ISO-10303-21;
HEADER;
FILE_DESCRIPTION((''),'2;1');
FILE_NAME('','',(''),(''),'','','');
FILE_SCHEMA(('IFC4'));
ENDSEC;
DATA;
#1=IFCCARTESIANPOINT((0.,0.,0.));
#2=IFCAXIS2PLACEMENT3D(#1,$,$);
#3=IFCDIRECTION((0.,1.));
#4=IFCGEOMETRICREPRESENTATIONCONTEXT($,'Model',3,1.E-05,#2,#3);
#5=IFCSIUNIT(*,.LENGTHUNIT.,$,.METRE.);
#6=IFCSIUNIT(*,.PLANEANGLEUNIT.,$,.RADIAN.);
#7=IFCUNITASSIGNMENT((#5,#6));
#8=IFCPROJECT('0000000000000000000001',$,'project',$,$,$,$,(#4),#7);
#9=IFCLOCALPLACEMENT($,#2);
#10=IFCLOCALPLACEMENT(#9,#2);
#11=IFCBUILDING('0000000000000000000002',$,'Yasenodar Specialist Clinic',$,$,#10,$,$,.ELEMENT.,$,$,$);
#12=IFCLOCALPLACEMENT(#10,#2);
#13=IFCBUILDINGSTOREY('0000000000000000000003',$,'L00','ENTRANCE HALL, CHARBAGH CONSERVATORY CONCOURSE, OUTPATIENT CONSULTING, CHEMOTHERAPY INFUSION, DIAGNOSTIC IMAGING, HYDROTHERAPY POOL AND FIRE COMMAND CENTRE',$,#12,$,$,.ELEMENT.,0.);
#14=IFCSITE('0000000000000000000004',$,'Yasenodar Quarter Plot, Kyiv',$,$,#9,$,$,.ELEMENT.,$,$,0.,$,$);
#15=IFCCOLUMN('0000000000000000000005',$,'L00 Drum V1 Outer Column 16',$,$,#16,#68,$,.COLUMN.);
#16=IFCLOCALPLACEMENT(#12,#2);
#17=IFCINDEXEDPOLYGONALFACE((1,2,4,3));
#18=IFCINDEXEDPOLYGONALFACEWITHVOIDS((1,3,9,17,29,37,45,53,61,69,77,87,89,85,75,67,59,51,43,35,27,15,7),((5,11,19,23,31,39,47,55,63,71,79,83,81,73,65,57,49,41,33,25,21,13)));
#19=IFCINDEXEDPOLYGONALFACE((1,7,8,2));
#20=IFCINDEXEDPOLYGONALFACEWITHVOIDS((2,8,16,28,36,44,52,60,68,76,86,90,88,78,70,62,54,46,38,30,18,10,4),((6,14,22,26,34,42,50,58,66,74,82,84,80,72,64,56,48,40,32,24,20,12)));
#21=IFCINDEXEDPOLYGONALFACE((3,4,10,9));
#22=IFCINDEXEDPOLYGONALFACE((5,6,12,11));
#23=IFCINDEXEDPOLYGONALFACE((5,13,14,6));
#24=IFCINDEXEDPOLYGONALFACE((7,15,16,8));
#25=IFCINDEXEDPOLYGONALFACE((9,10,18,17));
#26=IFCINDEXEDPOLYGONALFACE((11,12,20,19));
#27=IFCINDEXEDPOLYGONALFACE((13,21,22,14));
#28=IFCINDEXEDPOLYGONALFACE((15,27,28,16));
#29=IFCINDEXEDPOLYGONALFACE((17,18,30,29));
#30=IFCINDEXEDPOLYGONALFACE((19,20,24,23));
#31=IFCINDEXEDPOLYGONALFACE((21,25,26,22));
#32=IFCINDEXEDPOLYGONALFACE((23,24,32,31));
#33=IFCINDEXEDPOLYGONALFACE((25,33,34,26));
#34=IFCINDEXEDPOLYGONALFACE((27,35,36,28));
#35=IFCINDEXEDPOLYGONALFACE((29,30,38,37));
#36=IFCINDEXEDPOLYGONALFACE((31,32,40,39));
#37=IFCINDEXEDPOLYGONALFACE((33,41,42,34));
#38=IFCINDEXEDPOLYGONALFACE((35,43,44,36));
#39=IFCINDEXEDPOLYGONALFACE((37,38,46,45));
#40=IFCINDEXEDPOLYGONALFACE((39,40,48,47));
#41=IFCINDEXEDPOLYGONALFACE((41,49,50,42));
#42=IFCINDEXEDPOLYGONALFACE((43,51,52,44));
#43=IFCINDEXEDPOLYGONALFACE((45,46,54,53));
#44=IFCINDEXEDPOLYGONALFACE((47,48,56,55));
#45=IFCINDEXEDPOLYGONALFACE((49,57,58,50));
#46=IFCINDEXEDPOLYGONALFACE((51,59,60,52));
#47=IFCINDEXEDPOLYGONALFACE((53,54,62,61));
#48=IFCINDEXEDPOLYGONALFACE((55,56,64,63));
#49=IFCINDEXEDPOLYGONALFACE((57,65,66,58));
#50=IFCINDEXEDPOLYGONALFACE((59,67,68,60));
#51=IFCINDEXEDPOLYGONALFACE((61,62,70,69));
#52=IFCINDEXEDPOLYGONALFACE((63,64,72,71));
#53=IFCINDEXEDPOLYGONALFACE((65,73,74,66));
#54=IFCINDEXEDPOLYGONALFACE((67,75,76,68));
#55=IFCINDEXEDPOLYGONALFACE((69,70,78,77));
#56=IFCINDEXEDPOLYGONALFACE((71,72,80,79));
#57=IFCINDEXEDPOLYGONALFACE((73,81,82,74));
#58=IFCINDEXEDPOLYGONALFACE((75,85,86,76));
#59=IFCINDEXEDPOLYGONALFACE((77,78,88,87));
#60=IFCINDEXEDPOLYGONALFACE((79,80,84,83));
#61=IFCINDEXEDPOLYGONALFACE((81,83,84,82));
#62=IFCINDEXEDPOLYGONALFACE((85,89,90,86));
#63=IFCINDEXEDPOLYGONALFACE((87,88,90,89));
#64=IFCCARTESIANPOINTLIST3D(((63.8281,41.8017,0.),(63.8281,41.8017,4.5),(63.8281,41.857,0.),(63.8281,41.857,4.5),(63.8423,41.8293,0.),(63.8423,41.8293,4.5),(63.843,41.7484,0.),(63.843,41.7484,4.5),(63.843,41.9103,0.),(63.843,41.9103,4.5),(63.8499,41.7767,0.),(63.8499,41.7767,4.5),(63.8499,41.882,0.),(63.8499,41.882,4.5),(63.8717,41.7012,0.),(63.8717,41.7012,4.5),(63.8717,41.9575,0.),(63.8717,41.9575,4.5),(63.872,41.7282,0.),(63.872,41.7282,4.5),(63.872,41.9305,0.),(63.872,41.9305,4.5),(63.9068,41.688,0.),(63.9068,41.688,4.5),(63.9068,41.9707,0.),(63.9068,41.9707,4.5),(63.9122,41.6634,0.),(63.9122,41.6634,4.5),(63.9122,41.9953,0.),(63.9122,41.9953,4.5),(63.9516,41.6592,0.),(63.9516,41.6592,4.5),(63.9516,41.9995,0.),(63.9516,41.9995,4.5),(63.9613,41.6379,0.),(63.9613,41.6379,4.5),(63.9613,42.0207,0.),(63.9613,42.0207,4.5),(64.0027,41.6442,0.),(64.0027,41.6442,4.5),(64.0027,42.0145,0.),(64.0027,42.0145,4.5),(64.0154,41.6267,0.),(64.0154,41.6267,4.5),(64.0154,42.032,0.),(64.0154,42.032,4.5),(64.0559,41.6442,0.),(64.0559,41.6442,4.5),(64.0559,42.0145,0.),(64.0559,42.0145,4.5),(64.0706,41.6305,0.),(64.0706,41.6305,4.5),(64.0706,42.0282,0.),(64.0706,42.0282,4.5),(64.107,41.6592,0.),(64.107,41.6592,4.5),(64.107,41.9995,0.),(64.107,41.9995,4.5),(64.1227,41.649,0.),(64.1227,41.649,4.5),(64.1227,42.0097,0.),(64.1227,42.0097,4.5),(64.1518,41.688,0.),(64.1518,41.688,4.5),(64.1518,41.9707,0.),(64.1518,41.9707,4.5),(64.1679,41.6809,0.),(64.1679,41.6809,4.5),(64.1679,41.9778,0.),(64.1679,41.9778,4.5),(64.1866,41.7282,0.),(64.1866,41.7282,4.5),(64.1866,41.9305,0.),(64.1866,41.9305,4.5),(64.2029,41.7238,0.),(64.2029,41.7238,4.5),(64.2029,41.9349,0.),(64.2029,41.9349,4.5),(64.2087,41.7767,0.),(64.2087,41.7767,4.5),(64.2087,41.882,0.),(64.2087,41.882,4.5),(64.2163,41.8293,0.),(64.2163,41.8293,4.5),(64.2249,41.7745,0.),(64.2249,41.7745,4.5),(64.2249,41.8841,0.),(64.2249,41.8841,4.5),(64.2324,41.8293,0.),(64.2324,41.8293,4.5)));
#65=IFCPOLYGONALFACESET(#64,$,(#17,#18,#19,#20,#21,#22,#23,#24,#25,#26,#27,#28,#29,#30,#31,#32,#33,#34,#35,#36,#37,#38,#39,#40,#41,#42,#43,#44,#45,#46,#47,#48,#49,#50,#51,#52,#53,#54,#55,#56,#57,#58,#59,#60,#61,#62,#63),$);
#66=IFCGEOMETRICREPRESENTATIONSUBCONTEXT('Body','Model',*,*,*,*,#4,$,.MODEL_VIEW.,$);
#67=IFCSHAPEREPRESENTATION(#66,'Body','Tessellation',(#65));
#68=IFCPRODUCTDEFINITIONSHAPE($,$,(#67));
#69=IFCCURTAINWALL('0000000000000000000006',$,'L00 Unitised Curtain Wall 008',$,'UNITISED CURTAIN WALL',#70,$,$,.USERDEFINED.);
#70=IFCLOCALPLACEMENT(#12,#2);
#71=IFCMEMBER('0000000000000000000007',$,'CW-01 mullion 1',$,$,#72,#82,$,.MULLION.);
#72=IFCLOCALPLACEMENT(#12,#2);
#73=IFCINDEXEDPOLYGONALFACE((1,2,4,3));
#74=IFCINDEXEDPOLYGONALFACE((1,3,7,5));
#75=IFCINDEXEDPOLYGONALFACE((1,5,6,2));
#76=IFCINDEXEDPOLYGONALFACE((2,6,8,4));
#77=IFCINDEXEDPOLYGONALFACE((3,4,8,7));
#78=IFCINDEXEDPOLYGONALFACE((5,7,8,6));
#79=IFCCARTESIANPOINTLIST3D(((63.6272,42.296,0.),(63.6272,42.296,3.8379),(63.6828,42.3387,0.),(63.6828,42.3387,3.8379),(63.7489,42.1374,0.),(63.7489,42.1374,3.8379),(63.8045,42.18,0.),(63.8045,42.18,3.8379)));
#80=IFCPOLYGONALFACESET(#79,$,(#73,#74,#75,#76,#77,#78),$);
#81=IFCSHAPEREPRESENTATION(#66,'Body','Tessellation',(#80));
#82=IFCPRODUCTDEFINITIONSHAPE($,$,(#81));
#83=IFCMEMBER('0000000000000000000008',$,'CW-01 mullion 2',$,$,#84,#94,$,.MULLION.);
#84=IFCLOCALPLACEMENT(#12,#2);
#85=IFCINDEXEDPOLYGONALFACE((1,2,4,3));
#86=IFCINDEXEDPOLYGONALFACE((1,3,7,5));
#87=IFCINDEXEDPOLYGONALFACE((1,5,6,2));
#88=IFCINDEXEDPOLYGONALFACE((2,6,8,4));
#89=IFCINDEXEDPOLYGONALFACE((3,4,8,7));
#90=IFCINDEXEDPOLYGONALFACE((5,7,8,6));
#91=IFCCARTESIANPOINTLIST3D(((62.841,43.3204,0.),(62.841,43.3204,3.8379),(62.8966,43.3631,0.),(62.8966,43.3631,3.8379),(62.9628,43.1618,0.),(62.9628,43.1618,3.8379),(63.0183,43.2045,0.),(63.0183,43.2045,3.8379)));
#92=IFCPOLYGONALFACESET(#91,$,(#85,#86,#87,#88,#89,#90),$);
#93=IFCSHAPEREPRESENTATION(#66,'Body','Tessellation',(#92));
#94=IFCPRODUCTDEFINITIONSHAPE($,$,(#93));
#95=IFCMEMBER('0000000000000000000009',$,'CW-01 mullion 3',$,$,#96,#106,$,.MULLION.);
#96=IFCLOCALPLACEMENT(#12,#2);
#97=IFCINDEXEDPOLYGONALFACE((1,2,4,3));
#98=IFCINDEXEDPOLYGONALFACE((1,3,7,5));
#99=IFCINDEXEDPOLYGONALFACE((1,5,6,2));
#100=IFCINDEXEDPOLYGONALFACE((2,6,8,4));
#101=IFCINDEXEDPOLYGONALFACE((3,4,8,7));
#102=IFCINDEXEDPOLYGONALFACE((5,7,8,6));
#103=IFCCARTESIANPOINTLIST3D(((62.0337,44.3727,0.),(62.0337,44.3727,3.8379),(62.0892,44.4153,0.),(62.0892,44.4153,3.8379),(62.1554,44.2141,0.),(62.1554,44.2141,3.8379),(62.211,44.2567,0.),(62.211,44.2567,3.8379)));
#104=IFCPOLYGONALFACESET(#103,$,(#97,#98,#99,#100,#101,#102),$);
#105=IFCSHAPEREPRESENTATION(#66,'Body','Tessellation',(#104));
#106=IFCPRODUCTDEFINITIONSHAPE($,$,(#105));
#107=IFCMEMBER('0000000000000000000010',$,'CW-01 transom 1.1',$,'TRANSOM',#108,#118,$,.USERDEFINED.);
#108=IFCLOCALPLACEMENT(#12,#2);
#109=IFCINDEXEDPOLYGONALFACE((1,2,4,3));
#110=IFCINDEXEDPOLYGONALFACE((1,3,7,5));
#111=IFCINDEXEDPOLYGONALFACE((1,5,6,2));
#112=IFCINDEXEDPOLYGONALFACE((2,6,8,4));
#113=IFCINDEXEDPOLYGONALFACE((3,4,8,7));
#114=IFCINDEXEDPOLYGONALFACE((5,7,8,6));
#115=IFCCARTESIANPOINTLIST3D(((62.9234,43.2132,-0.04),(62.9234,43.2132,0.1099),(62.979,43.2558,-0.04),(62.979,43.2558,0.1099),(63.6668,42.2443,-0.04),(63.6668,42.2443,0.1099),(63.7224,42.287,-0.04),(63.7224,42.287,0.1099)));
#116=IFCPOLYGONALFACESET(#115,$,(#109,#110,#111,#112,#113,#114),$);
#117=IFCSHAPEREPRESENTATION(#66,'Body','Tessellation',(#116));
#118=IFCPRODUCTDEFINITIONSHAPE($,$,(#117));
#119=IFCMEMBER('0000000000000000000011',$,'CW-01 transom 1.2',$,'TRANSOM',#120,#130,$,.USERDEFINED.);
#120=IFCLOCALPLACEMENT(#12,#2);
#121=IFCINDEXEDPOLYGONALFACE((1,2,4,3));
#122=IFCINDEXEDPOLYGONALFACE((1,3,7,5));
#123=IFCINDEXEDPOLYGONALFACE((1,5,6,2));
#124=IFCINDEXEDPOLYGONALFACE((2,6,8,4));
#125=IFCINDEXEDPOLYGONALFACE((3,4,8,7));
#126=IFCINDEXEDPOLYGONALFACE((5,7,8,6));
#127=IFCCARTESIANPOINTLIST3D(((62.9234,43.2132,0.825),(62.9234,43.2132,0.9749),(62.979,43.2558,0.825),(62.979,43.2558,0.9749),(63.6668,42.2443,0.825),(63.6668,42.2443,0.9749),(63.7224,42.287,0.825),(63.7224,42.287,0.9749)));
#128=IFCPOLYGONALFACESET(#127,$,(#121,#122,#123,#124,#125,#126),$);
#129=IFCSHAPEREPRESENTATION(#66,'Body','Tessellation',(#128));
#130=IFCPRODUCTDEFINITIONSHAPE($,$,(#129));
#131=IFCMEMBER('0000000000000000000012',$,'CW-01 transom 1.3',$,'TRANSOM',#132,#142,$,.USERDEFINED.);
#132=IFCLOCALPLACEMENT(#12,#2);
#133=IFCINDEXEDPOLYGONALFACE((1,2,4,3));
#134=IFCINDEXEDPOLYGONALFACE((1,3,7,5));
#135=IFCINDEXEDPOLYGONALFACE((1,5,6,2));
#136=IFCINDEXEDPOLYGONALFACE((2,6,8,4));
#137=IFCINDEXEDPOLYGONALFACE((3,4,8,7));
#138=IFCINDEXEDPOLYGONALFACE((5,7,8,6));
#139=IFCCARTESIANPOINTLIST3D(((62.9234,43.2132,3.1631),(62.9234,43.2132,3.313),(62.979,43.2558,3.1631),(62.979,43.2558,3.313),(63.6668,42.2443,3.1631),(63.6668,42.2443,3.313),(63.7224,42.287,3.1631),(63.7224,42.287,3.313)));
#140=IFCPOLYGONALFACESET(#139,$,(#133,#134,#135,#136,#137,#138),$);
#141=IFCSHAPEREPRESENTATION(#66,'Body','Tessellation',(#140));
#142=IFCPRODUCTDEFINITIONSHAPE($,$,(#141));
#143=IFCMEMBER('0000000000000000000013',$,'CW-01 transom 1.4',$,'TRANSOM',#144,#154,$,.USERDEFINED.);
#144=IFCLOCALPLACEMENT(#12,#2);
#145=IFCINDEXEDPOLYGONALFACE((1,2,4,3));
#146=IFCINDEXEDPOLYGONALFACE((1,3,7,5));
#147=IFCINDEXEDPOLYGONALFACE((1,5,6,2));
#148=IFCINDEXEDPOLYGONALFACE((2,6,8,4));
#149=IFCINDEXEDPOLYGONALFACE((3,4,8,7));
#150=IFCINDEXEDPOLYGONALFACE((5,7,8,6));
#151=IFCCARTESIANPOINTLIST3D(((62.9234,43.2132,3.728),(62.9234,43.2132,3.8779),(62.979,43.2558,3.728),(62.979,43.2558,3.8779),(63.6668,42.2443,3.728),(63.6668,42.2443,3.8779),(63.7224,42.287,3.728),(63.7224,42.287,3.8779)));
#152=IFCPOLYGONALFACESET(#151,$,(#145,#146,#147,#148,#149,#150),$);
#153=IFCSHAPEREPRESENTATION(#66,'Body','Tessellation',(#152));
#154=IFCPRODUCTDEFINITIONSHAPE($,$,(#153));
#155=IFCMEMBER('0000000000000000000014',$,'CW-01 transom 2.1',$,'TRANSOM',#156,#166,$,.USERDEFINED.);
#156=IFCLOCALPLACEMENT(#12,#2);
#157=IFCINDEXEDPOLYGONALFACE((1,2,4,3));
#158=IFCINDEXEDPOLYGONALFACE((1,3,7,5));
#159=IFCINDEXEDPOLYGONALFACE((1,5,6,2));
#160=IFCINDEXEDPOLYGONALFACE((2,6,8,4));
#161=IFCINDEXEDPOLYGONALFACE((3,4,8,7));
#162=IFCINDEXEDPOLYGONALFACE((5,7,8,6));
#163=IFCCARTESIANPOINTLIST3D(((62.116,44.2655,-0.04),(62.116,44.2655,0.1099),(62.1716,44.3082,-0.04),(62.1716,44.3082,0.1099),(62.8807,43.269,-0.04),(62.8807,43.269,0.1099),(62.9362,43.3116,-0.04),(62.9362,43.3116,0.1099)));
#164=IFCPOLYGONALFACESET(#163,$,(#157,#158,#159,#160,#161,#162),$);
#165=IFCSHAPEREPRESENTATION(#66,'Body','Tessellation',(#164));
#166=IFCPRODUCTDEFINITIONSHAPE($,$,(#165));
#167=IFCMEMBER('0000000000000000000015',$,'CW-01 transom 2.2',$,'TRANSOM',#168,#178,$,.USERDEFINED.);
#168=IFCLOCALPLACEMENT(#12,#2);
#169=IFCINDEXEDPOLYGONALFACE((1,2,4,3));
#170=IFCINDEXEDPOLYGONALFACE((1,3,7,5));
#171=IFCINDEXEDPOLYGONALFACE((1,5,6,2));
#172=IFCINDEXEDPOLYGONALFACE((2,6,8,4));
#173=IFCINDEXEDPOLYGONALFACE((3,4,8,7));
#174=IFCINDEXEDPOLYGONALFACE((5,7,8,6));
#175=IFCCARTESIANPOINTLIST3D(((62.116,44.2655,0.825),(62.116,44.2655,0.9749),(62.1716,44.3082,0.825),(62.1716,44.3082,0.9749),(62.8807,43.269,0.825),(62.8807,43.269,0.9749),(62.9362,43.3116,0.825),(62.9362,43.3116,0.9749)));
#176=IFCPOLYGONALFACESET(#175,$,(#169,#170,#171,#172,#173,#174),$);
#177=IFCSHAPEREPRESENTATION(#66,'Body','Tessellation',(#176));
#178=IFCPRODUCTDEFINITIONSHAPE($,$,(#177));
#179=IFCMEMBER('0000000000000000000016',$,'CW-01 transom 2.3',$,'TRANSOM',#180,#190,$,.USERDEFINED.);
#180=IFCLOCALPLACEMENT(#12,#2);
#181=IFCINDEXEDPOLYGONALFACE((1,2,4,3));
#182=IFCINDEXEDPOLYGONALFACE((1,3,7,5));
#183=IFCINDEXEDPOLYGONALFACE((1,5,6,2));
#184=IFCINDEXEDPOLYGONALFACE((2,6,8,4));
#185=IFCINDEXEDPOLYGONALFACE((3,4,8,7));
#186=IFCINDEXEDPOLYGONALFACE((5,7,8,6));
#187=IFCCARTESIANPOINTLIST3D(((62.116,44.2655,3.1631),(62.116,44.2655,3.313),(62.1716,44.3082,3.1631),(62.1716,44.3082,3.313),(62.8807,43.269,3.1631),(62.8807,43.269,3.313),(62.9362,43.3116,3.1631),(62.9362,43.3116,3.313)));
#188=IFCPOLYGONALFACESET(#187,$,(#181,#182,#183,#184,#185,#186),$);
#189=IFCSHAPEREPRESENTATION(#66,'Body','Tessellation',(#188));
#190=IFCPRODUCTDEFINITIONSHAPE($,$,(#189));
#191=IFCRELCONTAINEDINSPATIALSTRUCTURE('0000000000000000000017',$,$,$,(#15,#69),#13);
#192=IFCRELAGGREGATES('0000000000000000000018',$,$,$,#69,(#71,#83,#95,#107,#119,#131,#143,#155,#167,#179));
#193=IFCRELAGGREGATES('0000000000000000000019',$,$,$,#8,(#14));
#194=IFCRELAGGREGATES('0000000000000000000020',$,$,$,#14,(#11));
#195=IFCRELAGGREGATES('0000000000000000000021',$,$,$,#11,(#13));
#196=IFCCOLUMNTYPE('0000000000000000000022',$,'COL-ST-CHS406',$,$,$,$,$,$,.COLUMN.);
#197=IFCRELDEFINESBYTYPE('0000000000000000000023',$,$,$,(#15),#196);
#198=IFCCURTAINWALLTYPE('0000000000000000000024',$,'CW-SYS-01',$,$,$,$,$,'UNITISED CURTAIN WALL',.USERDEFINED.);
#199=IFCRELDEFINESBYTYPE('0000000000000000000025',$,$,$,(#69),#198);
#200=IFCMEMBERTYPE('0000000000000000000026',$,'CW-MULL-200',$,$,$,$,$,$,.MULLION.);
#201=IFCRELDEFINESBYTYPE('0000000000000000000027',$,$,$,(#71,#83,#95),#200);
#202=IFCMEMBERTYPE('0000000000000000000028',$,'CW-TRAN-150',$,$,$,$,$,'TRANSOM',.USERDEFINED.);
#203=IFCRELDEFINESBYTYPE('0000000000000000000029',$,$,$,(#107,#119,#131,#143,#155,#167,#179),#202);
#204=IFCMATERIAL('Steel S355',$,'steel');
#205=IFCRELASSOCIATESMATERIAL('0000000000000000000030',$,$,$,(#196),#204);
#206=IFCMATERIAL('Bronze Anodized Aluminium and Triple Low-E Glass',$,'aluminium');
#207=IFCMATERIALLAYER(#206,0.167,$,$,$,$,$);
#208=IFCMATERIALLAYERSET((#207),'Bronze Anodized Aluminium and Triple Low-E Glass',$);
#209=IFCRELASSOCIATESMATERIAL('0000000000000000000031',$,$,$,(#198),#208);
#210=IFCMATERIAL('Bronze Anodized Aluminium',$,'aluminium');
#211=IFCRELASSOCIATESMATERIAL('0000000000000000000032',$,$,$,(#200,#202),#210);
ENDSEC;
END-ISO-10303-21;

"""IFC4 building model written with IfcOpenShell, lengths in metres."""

from ifc_helpers import new_model, si_unit, direction, frame, origin, origin_2d, place, context, subcontext, project, spatial, rectangle, hollow_circle, extrude, material, layer, layer_set, material_profile, profile_set, type_object, element, aggregate, save


model = new_model("IFC4")

# Units and contexts
model_context = context("Model", 3, precision=1e-05, world=origin(), true_north=direction((0.0, 1.0)))
body_context = subcontext(model_context, "Body", "Model", "MODEL_VIEW")
ifc_project = project(units=[si_unit("LENGTHUNIT", "METRE"), si_unit("PLANEANGLEUNIT", "RADIAN")], contexts=[model_context])

# Site, building, storey
site_placement = place(None, origin())
site = spatial("IfcSite", under=ifc_project, at=site_placement, Name="Yasenodar Quarter Plot, Kyiv", CompositionType="ELEMENT", RefElevation=0.0)
building_placement = place(site_placement, origin())
building = spatial("IfcBuilding", under=site, at=building_placement, Name="Yasenodar Specialist Clinic", CompositionType="ELEMENT")
storey_placement = place(building_placement, origin())
storey = spatial("IfcBuildingStorey", under=building, at=storey_placement, Name="L00", Description="ENTRANCE HALL, CHARBAGH CONSERVATORY CONCOURSE, OUTPATIENT CONSULTING, CHEMOTHERAPY INFUSION, DIAGNOSTIC IMAGING, HYDROTHERAPY POOL AND FIRE COMMAND CENTRE", CompositionType="ELEMENT", Elevation=0.0)

# Column
ifc_material_1 = material(Name="Steel S355", Category="steel")
ifc_material_profile_1 = material_profile(ifc_material_1, hollow_circle(Radius=0.2031, WallThickness=0.0161, at=origin_2d()), Name="CHS 406.4x16")
ifc_profile_set_1 = profile_set([ifc_material_profile_1], Name="Steel S355")
column_type = type_object("IfcColumnType", Name="COL-ST-CHS406", PredefinedType="COLUMN", material=ifc_profile_set_1)
column_placement = place(storey_placement, frame((64.0293, 41.8293, 0.0), z_axis=(0.0, 0.0, 1.0), x_axis=(1.0, 0.0, 0.0)))
element("IfcColumn", 1, at=column_placement, inside=storey, type_object=column_type, Name="L00 Drum V1 Outer Column 16", PredefinedType="COLUMN", context=body_context, shape_type="SweptSolid", body=[
    extrude(hollow_circle(Radius=0.2031, WallThickness=0.0161, at=origin_2d()), origin(), (0.0, 0.0, 1.0), 4.5),
])

# Curtain wall, members
ifc_material_2 = material(Name="Bronze Anodized Aluminium and Triple Low-E Glass", Category="aluminium")
ifc_layer_1 = layer(ifc_material_2, 0.167)
ifc_layer_set_1 = layer_set([ifc_layer_1], Name="Bronze Anodized Aluminium and Triple Low-E Glass")
curtain_wall_type = type_object("IfcCurtainWallType", Name="CW-SYS-01", ElementType="UNITISED CURTAIN WALL", PredefinedType="USERDEFINED", material=ifc_layer_set_1)
curtain_wall_placement = place(storey_placement, origin())
curtain_wall = element("IfcCurtainWall", 2, at=curtain_wall_placement, inside=storey, type_object=curtain_wall_type, Name="L00 Unitised Curtain Wall 008", ObjectType="UNITISED CURTAIN WALL", PredefinedType="USERDEFINED")
ifc_material_3 = material(Name="Bronze Anodized Aluminium", Category="aluminium")
ifc_material_profile_2 = material_profile(ifc_material_3, rectangle(XDim=0.0701, YDim=0.2, at=origin_2d()), Name="CW-MULL 70x200")
ifc_profile_set_2 = profile_set([ifc_material_profile_2], Name="Bronze Anodized Aluminium")
member_type_1 = type_object("IfcMemberType", Name="CW-MULL-200", PredefinedType="MULLION", material=ifc_profile_set_2)
member_1_placement = place(storey_placement, frame((63.7158, 42.238, 0.0), z_axis=(0.0, 0.0, 1.0), x_axis=(-0.793361, -0.608752, 0.0)))
member_1 = element("IfcMember", 3, at=member_1_placement, type_object=member_type_1, Name="CW-01 mullion 1", PredefinedType="MULLION", context=body_context, shape_type="SweptSolid", body=[
    extrude(rectangle(XDim=0.0701, YDim=0.2, at=origin_2d()), origin(), (0.0, 0.0, 1.0), 3.8379),
])
member_2_placement = place(storey_placement, frame((62.9297, 43.2625, 0.0), z_axis=(0.0, 0.0, 1.0), x_axis=(-0.793361, -0.608752, 0.0)))
member_2 = element("IfcMember", 4, at=member_2_placement, type_object=member_type_1, Name="CW-01 mullion 2", PredefinedType="MULLION", context=body_context, shape_type="SweptSolid", body=[
    extrude(rectangle(XDim=0.0701, YDim=0.2, at=origin_2d()), origin(), (0.0, 0.0, 1.0), 3.8379),
])
member_3_placement = place(storey_placement, frame((62.1223, 44.3147, 0.0), z_axis=(0.0, 0.0, 1.0), x_axis=(-0.793361, -0.608752, 0.0)))
member_3 = element("IfcMember", 5, at=member_3_placement, type_object=member_type_1, Name="CW-01 mullion 3", PredefinedType="MULLION", context=body_context, shape_type="SweptSolid", body=[
    extrude(rectangle(XDim=0.0701, YDim=0.2, at=origin_2d()), origin(), (0.0, 0.0, 1.0), 3.8379),
])
ifc_material_profile_3 = material_profile(ifc_material_3, rectangle(XDim=0.0701, YDim=0.1499, at=origin_2d()), Name="CW-TRAN 70x150")
ifc_profile_set_3 = profile_set([ifc_material_profile_3], Name="Bronze Anodized Aluminium")
member_type_2 = type_object("IfcMemberType", Name="CW-TRAN-150", ElementType="TRANSOM", PredefinedType="USERDEFINED", material=ifc_profile_set_3)
member_4_placement = place(storey_placement, frame((63.6946, 42.2656, 0.0349), z_axis=(-0.608696, 0.793404, 0.0), x_axis=(-0.793404, -0.608696, 0.0)))
member_4 = element("IfcMember", 6, at=member_4_placement, type_object=member_type_2, Name="CW-01 transom 1.1", ObjectType="TRANSOM", PredefinedType="USERDEFINED", context=body_context, shape_type="SweptSolid", body=[
    extrude(rectangle(XDim=0.0701, YDim=0.1499, at=origin_2d()), origin(), (0.0, 0.0, 1.0), 1.2212),
])
member_5_placement = place(storey_placement, frame((63.6946, 42.2656, 0.8999), z_axis=(-0.608696, 0.793404, 0.0), x_axis=(-0.793404, -0.608696, 0.0)))
member_5 = element("IfcMember", 7, at=member_5_placement, type_object=member_type_2, Name="CW-01 transom 1.2", ObjectType="TRANSOM", PredefinedType="USERDEFINED", context=body_context, shape_type="SweptSolid", body=[
    extrude(rectangle(XDim=0.0701, YDim=0.1499, at=origin_2d()), origin(), (0.0, 0.0, 1.0), 1.2212),
])
member_6_placement = place(storey_placement, frame((63.6946, 42.2656, 3.238), z_axis=(-0.608696, 0.793404, 0.0), x_axis=(-0.793404, -0.608696, 0.0)))
member_6 = element("IfcMember", 8, at=member_6_placement, type_object=member_type_2, Name="CW-01 transom 1.3", ObjectType="TRANSOM", PredefinedType="USERDEFINED", context=body_context, shape_type="SweptSolid", body=[
    extrude(rectangle(XDim=0.0701, YDim=0.1499, at=origin_2d()), origin(), (0.0, 0.0, 1.0), 1.2212),
])
member_7_placement = place(storey_placement, frame((63.6946, 42.2656, 3.803), z_axis=(-0.608696, 0.793404, 0.0), x_axis=(-0.793404, -0.608696, 0.0)))
member_7 = element("IfcMember", 9, at=member_7_placement, type_object=member_type_2, Name="CW-01 transom 1.4", ObjectType="TRANSOM", PredefinedType="USERDEFINED", context=body_context, shape_type="SweptSolid", body=[
    extrude(rectangle(XDim=0.0701, YDim=0.1499, at=origin_2d()), origin(), (0.0, 0.0, 1.0), 1.2212),
])
member_8_placement = place(storey_placement, frame((62.9084, 43.2903, 0.0349), z_axis=(-0.608733, 0.793375, 0.0), x_axis=(-0.793375, -0.608733, 0.0)))
member_8 = element("IfcMember", 10, at=member_8_placement, type_object=member_type_2, Name="CW-01 transom 2.1", ObjectType="TRANSOM", PredefinedType="USERDEFINED", context=body_context, shape_type="SweptSolid", body=[
    extrude(rectangle(XDim=0.0701, YDim=0.1499, at=origin_2d()), origin(), (0.0, 0.0, 1.0), 1.2561),
])
member_9_placement = place(storey_placement, frame((62.9084, 43.2903, 0.8999), z_axis=(-0.608733, 0.793375, 0.0), x_axis=(-0.793375, -0.608733, 0.0)))
member_9 = element("IfcMember", 11, at=member_9_placement, type_object=member_type_2, Name="CW-01 transom 2.2", ObjectType="TRANSOM", PredefinedType="USERDEFINED", context=body_context, shape_type="SweptSolid", body=[
    extrude(rectangle(XDim=0.0701, YDim=0.1499, at=origin_2d()), origin(), (0.0, 0.0, 1.0), 1.2561),
])
member_10_placement = place(storey_placement, frame((62.9084, 43.2903, 3.238), z_axis=(-0.608733, 0.793375, 0.0), x_axis=(-0.793375, -0.608733, 0.0)))
member_10 = element("IfcMember", 12, at=member_10_placement, type_object=member_type_2, Name="CW-01 transom 2.3", ObjectType="TRANSOM", PredefinedType="USERDEFINED", context=body_context, shape_type="SweptSolid", body=[
    extrude(rectangle(XDim=0.0701, YDim=0.1499, at=origin_2d()), origin(), (0.0, 0.0, 1.0), 1.2561),
])
aggregate(curtain_wall, [member_1, member_2, member_3, member_4, member_5, member_6, member_7, member_8, member_9, member_10])

save(model, "model.ifc")
